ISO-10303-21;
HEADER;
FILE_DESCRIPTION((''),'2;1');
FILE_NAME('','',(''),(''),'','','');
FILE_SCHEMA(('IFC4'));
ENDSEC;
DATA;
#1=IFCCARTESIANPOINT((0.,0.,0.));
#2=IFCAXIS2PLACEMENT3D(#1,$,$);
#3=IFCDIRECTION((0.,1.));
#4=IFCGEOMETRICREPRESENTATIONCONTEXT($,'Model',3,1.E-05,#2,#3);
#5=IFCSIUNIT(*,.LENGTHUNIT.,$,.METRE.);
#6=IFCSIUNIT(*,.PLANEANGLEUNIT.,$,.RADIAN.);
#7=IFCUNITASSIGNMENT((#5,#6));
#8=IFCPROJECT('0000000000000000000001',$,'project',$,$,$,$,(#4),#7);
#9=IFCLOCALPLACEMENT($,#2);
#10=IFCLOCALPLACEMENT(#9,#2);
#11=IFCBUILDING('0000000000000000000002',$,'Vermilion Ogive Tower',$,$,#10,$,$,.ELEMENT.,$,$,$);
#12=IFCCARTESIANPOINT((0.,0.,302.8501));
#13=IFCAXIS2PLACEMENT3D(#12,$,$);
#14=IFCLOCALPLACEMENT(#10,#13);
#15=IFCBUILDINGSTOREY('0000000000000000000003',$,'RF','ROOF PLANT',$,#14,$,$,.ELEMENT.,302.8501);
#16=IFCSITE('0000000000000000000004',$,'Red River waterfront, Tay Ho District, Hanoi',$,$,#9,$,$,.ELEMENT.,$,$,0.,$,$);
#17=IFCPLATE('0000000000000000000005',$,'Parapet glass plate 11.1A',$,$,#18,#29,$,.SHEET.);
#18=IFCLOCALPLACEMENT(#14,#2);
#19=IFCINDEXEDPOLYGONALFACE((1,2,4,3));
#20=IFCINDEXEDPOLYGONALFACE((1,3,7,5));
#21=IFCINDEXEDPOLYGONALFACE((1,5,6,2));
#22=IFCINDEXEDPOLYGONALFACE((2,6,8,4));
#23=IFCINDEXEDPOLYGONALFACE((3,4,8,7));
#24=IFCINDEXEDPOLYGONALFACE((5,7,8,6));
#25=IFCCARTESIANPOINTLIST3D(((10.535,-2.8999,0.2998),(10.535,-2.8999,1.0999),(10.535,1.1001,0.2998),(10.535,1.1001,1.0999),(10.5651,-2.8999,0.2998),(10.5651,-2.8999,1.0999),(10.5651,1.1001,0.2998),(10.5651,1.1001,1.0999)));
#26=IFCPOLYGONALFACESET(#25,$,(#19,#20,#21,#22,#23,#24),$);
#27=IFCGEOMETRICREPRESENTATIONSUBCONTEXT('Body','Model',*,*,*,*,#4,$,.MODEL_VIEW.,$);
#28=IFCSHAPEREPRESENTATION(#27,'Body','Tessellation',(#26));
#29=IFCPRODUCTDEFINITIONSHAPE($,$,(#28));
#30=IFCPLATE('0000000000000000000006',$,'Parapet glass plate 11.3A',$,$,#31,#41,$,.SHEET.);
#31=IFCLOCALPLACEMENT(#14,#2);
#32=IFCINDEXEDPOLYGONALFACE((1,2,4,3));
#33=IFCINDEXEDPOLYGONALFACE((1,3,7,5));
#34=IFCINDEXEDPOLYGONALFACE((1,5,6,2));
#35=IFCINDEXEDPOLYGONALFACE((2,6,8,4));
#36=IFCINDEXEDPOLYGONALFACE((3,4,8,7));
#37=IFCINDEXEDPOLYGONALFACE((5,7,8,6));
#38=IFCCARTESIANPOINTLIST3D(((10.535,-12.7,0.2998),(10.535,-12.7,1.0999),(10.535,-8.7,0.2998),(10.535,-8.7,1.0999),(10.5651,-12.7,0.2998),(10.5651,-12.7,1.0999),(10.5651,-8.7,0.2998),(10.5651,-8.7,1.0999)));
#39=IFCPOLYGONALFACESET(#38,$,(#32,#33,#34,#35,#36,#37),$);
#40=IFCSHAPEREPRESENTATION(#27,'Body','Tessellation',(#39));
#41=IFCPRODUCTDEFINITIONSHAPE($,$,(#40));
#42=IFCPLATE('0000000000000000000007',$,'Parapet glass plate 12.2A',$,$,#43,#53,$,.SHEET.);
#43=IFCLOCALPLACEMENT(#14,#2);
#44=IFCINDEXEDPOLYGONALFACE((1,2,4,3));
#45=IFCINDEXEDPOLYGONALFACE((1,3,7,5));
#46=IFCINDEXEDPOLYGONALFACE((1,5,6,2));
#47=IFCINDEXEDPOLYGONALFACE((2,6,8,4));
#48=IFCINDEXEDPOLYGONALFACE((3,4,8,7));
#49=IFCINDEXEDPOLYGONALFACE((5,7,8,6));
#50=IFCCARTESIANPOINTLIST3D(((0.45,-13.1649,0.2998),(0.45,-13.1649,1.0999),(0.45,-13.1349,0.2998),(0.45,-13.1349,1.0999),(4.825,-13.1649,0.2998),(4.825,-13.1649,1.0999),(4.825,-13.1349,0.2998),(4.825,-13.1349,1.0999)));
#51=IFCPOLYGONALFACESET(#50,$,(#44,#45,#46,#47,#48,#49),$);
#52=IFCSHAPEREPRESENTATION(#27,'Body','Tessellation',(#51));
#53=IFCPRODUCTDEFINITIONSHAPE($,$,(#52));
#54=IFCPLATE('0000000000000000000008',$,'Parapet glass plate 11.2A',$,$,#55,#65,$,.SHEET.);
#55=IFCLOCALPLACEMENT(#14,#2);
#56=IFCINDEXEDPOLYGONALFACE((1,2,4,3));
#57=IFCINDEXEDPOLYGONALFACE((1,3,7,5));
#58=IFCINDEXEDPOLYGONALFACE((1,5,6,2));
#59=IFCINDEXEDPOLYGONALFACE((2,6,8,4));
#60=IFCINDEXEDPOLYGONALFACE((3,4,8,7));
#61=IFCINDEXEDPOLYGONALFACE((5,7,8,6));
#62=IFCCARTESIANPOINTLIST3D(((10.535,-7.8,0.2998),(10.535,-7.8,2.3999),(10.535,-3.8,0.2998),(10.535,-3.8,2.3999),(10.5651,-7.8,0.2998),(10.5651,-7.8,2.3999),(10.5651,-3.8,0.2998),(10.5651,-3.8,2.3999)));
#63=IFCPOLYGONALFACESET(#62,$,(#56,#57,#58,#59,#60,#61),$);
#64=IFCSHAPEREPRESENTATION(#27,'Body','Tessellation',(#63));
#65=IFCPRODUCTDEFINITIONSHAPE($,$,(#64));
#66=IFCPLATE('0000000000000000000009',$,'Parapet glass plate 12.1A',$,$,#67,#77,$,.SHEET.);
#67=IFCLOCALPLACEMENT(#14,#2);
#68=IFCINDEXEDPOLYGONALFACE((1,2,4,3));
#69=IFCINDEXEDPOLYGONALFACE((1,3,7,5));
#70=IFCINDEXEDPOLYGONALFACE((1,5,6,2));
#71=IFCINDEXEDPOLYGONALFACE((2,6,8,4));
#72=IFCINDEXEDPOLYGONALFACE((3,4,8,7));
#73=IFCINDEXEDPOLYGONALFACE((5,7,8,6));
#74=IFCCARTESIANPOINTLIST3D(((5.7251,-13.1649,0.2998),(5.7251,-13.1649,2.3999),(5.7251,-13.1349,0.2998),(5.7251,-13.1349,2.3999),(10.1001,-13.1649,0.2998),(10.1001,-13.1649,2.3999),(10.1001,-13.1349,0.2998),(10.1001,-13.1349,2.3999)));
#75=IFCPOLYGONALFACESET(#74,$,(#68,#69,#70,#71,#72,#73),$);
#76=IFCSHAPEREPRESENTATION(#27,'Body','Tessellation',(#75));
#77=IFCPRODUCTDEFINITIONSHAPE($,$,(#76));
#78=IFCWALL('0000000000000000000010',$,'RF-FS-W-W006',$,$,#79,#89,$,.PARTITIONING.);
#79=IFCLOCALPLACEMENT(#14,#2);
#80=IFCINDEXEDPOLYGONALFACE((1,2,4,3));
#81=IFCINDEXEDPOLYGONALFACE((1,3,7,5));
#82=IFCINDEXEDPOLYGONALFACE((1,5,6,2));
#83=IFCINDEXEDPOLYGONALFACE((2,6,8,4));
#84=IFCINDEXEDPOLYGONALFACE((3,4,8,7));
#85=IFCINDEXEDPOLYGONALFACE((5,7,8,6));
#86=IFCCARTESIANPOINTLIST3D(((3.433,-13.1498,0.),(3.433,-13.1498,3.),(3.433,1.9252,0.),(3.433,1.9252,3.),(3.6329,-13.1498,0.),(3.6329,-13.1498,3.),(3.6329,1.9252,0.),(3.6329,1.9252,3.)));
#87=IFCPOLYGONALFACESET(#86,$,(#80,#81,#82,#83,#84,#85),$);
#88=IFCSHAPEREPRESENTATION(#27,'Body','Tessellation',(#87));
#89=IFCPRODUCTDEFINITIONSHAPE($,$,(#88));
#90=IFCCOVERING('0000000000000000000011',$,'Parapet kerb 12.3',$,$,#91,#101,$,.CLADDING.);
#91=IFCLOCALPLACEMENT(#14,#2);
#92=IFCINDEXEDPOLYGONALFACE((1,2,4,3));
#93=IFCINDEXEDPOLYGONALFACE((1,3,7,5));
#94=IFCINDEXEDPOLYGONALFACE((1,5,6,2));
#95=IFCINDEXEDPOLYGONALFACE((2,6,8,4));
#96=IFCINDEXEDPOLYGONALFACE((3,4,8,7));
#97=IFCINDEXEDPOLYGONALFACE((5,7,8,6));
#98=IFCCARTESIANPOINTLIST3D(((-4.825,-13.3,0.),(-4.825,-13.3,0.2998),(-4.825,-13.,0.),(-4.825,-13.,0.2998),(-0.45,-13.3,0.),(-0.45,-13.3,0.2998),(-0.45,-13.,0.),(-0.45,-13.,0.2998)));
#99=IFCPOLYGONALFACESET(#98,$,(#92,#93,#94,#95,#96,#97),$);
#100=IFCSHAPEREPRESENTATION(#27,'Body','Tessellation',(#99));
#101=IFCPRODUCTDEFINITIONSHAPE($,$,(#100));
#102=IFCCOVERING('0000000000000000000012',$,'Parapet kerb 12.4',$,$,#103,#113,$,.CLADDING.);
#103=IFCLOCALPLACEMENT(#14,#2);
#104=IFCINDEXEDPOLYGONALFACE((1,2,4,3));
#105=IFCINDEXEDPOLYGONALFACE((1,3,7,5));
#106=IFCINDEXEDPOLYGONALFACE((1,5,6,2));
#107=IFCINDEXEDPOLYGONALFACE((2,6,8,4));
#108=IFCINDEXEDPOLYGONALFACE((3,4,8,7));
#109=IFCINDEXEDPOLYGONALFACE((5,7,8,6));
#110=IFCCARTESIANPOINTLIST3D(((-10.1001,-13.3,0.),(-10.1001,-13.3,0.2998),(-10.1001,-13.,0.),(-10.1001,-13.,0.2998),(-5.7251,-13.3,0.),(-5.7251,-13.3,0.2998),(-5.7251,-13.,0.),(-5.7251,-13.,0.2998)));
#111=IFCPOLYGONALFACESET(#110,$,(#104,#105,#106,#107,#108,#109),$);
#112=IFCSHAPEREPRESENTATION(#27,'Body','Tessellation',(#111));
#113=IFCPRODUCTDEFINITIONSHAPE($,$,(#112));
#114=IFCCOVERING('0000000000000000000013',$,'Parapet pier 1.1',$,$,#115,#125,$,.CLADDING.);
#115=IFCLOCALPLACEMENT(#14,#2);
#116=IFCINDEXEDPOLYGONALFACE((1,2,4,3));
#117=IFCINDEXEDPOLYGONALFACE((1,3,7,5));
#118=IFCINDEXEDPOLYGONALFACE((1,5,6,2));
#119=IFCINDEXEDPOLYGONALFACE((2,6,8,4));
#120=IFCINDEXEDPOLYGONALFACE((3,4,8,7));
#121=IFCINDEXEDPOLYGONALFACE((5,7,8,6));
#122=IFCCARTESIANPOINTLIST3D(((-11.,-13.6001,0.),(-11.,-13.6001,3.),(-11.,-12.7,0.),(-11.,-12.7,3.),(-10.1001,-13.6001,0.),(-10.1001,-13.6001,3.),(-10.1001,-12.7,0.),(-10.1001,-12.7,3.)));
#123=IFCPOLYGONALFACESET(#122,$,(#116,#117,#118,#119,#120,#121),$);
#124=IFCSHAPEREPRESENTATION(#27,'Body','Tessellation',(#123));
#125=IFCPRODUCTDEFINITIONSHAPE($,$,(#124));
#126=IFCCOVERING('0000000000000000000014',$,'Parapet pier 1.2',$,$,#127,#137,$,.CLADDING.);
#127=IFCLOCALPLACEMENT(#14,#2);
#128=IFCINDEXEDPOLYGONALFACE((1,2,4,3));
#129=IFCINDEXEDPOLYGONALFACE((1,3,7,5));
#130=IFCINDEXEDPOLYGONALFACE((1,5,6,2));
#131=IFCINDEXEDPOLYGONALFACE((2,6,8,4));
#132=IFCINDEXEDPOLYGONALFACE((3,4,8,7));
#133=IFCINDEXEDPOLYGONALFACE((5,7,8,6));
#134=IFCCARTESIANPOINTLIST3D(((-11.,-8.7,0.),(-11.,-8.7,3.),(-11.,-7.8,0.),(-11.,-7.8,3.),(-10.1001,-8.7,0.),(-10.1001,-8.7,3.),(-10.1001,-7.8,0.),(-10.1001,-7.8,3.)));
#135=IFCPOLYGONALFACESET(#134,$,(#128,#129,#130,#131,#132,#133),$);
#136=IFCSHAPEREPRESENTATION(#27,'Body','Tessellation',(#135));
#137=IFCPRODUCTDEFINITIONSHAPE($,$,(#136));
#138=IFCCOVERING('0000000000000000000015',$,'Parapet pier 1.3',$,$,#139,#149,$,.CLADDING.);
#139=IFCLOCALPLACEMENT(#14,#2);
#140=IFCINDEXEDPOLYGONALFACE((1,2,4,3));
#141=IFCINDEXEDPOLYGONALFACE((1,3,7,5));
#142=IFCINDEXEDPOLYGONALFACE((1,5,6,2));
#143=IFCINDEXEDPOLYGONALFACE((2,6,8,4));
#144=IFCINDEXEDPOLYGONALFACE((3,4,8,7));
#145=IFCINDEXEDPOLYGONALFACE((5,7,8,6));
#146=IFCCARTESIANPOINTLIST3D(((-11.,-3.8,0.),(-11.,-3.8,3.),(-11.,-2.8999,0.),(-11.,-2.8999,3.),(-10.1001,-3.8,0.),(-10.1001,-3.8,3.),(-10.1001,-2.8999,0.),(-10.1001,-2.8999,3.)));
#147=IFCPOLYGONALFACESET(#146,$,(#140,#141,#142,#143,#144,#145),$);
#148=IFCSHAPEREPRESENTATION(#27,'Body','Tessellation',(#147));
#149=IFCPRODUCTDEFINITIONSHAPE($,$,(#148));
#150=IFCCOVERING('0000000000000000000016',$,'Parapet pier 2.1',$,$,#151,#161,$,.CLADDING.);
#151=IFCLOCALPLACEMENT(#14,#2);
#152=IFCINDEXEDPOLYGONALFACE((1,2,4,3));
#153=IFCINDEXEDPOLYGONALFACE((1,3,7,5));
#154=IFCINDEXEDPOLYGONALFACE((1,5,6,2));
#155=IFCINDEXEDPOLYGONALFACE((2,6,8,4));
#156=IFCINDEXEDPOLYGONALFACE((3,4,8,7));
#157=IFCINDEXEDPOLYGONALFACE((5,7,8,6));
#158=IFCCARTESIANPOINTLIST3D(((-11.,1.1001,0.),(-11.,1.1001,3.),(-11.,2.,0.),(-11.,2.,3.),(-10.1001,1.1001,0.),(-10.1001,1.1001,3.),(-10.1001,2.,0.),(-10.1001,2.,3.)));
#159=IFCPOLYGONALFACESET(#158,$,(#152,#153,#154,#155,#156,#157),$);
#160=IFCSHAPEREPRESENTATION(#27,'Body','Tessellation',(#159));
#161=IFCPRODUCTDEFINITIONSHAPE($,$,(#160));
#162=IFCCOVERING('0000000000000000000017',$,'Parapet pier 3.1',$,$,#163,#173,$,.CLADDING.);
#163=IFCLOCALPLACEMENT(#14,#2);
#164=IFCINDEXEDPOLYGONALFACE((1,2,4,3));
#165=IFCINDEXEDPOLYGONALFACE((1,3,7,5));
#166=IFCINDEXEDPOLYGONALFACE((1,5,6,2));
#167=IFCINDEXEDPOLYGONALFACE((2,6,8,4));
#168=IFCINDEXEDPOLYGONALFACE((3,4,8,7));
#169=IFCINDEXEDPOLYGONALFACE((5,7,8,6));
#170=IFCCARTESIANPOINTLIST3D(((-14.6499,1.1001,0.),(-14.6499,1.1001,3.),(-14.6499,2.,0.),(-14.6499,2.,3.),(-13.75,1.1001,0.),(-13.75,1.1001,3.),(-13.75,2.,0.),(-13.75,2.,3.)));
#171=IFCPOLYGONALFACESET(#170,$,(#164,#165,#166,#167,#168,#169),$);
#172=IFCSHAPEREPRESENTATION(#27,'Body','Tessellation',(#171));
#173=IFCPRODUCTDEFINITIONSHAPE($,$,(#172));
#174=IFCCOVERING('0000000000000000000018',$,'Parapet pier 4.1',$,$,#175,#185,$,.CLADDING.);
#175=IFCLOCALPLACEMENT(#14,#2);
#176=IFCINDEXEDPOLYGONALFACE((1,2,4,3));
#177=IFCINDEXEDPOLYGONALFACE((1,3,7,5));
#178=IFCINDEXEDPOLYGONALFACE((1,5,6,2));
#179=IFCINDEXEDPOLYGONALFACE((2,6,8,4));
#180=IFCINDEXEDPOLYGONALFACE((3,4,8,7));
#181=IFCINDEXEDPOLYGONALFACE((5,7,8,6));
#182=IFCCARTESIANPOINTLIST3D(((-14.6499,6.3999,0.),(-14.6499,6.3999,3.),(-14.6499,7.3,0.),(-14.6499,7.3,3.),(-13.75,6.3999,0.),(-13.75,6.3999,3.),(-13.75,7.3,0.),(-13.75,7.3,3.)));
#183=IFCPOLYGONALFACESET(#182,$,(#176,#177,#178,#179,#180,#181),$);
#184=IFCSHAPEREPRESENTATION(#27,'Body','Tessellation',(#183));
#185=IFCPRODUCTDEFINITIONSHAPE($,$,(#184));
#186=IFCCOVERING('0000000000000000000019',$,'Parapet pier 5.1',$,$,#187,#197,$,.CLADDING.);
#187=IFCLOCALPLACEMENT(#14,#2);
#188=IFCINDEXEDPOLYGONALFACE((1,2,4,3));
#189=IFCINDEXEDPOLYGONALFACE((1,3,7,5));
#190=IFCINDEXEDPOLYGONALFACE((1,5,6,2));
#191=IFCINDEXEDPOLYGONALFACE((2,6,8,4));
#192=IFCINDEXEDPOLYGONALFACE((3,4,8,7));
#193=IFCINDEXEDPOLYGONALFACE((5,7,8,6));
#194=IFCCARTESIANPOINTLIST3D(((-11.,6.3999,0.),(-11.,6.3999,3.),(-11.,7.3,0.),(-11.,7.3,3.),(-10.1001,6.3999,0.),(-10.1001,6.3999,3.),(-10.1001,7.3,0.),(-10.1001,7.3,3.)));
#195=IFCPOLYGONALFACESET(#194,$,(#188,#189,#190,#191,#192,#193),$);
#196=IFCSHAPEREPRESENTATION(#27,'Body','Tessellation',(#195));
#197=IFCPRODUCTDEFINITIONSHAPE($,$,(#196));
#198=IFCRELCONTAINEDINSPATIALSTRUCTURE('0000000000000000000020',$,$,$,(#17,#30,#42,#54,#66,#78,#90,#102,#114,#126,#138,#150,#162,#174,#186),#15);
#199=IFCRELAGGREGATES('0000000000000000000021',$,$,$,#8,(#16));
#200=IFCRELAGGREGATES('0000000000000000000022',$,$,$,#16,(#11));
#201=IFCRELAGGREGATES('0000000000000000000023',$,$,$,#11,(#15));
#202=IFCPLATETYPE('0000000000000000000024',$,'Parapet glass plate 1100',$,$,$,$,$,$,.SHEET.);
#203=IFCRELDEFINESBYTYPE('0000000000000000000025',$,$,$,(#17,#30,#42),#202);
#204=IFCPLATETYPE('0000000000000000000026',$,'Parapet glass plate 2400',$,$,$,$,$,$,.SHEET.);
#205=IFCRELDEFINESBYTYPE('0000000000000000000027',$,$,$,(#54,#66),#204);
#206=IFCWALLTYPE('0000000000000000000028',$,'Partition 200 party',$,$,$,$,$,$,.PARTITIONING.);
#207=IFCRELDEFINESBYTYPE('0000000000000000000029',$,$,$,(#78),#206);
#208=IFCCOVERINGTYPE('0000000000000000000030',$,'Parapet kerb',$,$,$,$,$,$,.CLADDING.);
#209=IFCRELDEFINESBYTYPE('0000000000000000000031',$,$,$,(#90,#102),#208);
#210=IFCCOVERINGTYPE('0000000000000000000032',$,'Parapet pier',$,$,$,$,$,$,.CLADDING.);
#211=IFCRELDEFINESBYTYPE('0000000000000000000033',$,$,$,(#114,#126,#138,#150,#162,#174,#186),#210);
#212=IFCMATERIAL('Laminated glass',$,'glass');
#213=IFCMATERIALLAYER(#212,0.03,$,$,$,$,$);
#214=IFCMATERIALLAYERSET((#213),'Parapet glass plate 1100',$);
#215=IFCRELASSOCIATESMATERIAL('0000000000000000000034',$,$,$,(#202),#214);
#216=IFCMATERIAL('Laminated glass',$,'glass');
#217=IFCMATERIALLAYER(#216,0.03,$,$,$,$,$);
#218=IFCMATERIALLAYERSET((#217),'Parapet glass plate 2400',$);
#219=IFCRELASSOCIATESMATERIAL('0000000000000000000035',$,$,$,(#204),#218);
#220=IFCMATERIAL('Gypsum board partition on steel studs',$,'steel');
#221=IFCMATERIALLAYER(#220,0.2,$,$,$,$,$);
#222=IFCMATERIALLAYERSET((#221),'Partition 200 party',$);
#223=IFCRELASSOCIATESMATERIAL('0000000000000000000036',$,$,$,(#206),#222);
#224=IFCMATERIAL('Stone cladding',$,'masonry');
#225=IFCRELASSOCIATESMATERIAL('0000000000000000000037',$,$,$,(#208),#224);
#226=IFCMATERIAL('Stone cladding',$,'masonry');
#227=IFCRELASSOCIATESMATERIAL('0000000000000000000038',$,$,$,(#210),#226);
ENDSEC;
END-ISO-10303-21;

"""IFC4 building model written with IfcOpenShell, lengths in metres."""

from ifc_helpers import new_model, si_unit, direction, frame, frame_2d, origin, origin_2d, place, context, subcontext, project, spatial, polyline, rectangle, outline, extrude, material, layer, layer_set, type_object, element, save


model = new_model("IFC4")

# Units and contexts
model_context = context("Model", 3, precision=1e-05, world=origin(), true_north=direction((0.0, 1.0)))
body_context = subcontext(model_context, "Body", "Model", "MODEL_VIEW")
ifc_project = project(units=[si_unit("LENGTHUNIT", "METRE"), si_unit("PLANEANGLEUNIT", "RADIAN")], contexts=[model_context])

# Site, building, storey
site_placement = place(None, origin())
site = spatial("IfcSite", under=ifc_project, at=site_placement, Name="Red River waterfront, Tay Ho District, Hanoi", CompositionType="ELEMENT", RefElevation=0.0)
building_placement = place(site_placement, origin())
building = spatial("IfcBuilding", under=site, at=building_placement, Name="Vermilion Ogive Tower", CompositionType="ELEMENT")
storey_placement = place(building_placement, frame((0.0, 0.0, 302.8501)))
storey = spatial("IfcBuildingStorey", under=building, at=storey_placement, Name="RF", Description="ROOF PLANT", CompositionType="ELEMENT", Elevation=302.8501)

# Plates
ifc_material_1 = material(Name="Laminated glass", Category="glass")
ifc_layer_1 = layer(ifc_material_1, 0.03)
ifc_layer_set_1 = layer_set([ifc_layer_1], Name="Parapet glass plate 1100")
plate_type_1 = type_object("IfcPlateType", Name="Parapet glass plate 1100", PredefinedType="SHEET", material=ifc_layer_set_1)
for number, where, z_axis, x_axis, name in (
    (1, (10.55, -0.8999, 0.2998), (0.0, 0.0, 1.0), (0.0, -1.0, 0.0), "Parapet glass plate 11.1A"),
    (2, (10.55, -10.7, 0.2998), (0.0, 0.0, 1.0), (0.0, -1.0, 0.0), "Parapet glass plate 11.3A"),
):
    element("IfcPlate", number, at=place(storey_placement, frame(where, z_axis=z_axis, x_axis=x_axis)), inside=storey, type_object=plate_type_1, Name=name, PredefinedType="SHEET", context=body_context, shape_type="SweptSolid", body=[
        extrude(rectangle(XDim=4.0, YDim=0.03, at=origin_2d()), origin(), (0.0, 0.0, 1.0), 0.8),
    ])
plate_1_placement = place(storey_placement, frame((2.6375, -13.1499, 0.2998), z_axis=(0.0, 0.0, 1.0), x_axis=(-1.0, 0.0, 0.0)))
element("IfcPlate", 3, at=plate_1_placement, inside=storey, type_object=plate_type_1, Name="Parapet glass plate 12.2A", PredefinedType="SHEET", context=body_context, shape_type="SweptSolid", body=[
    extrude(rectangle(XDim=4.375, YDim=0.03, at=origin_2d()), origin(), (0.0, 0.0, 1.0), 0.8),
])
ifc_material_2 = material(Name="Laminated glass", Category="glass")
ifc_layer_2 = layer(ifc_material_2, 0.03)
ifc_layer_set_2 = layer_set([ifc_layer_2], Name="Parapet glass plate 2400")
plate_type_2 = type_object("IfcPlateType", Name="Parapet glass plate 2400", PredefinedType="SHEET", material=ifc_layer_set_2)
plate_2_placement = place(storey_placement, frame((10.55, -5.8, 0.2998), z_axis=(0.0, 0.0, 1.0), x_axis=(0.0, -1.0, 0.0)))
element("IfcPlate", 4, at=plate_2_placement, inside=storey, type_object=plate_type_2, Name="Parapet glass plate 11.2A", PredefinedType="SHEET", context=body_context, shape_type="SweptSolid", body=[
    extrude(rectangle(XDim=4.0, YDim=0.03, at=origin_2d()), origin(), (0.0, 0.0, 1.0), 2.1001),
])
plate_3_placement = place(storey_placement, frame((7.9126, -13.1499, 0.2998), z_axis=(0.0, 0.0, 1.0), x_axis=(-1.0, 0.0, 0.0)))
element("IfcPlate", 5, at=plate_3_placement, inside=storey, type_object=plate_type_2, Name="Parapet glass plate 12.1A", PredefinedType="SHEET", context=body_context, shape_type="SweptSolid", body=[
    extrude(rectangle(XDim=4.375, YDim=0.03, at=origin_2d()), origin(), (0.0, 0.0, 1.0), 2.1001),
])

# Wall
ifc_material_3 = material(Name="Gypsum board partition on steel studs", Category="steel")
ifc_layer_3 = layer(ifc_material_3, 0.2)
ifc_layer_set_3 = layer_set([ifc_layer_3], Name="Partition 200 party")
wall_type = type_object("IfcWallType", Name="Partition 200 party", PredefinedType="PARTITIONING", material=ifc_layer_set_3)
wall_placement = place(storey_placement, frame((3.533, -13.1499, 0.0), z_axis=(0.0, 0.0, 1.0), x_axis=(0.0, 1.0, 0.0)))
element("IfcWall", 6, at=wall_placement, inside=storey, type_object=wall_type, Name="RF-FS-W-W006", PredefinedType="PARTITIONING", context=body_context, shape_type="SweptSolid", body=[
    extrude(rectangle(XDim=15.075, YDim=0.2, at=frame_2d((7.5376, 0.0))), origin(), (0.0, 0.0, 1.0), 3.0),
])

# Coverings
ifc_material_4 = material(Name="Stone cladding", Category="masonry")
covering_type_1 = type_object("IfcCoveringType", Name="Parapet kerb", PredefinedType="CLADDING", material=ifc_material_4)
covering_1_placement = place(storey_placement, origin())
element("IfcCovering", 7, at=covering_1_placement, inside=storey, type_object=covering_type_1, Name="Parapet kerb 12.3", PredefinedType="CLADDING", context=body_context, shape_type="SweptSolid", body=[
    extrude(outline(polyline([(-0.45, -13.0), (-4.825, -13.0), (-4.825, -13.3), (-0.45, -13.3), (-0.45, -13.0)])), origin(), (0.0, 0.0, 1.0), 0.2998),
])
covering_2_placement = place(storey_placement, origin())
element("IfcCovering", 8, at=covering_2_placement, inside=storey, type_object=covering_type_1, Name="Parapet kerb 12.4", PredefinedType="CLADDING", context=body_context, shape_type="SweptSolid", body=[
    extrude(outline(polyline([(-5.7251, -13.0), (-10.1001, -13.0), (-10.1001, -13.3), (-5.7251, -13.3), (-5.7251, -13.0)])), origin(), (0.0, 0.0, 1.0), 0.2998),
])
ifc_material_5 = material(Name="Stone cladding", Category="masonry")
covering_type_2 = type_object("IfcCoveringType", Name="Parapet pier", PredefinedType="CLADDING", material=ifc_material_5)
covering_3_placement = place(storey_placement, origin())
element("IfcCovering", 9, at=covering_3_placement, inside=storey, type_object=covering_type_2, Name="Parapet pier 1.1", PredefinedType="CLADDING", context=body_context, shape_type="SweptSolid", body=[
    extrude(outline(polyline([(-11.0, -13.6001), (-10.1001, -13.6001), (-10.1001, -12.7), (-11.0, -12.7), (-11.0, -13.6001)])), origin(), (0.0, 0.0, 1.0), 3.0),
])
covering_4_placement = place(storey_placement, origin())
element("IfcCovering", 10, at=covering_4_placement, inside=storey, type_object=covering_type_2, Name="Parapet pier 1.2", PredefinedType="CLADDING", context=body_context, shape_type="SweptSolid", body=[
    extrude(outline(polyline([(-11.0, -8.7), (-10.1001, -8.7), (-10.1001, -7.8), (-11.0, -7.8), (-11.0, -8.7)])), origin(), (0.0, 0.0, 1.0), 3.0),
])
covering_5_placement = place(storey_placement, origin())
element("IfcCovering", 11, at=covering_5_placement, inside=storey, type_object=covering_type_2, Name="Parapet pier 1.3", PredefinedType="CLADDING", context=body_context, shape_type="SweptSolid", body=[
    extrude(outline(polyline([(-11.0, -3.8), (-10.1001, -3.8), (-10.1001, -2.8999), (-11.0, -2.8999), (-11.0, -3.8)])), origin(), (0.0, 0.0, 1.0), 3.0),
])
covering_6_placement = place(storey_placement, origin())
element("IfcCovering", 12, at=covering_6_placement, inside=storey, type_object=covering_type_2, Name="Parapet pier 2.1", PredefinedType="CLADDING", context=body_context, shape_type="SweptSolid", body=[
    extrude(outline(polyline([(-11.0, 1.1001), (-10.1001, 1.1001), (-10.1001, 2.0), (-11.0, 2.0), (-11.0, 1.1001)])), origin(), (0.0, 0.0, 1.0), 3.0),
])
covering_7_placement = place(storey_placement, origin())
element("IfcCovering", 13, at=covering_7_placement, inside=storey, type_object=covering_type_2, Name="Parapet pier 3.1", PredefinedType="CLADDING", context=body_context, shape_type="SweptSolid", body=[
    extrude(outline(polyline([(-14.6499, 1.1001), (-13.75, 1.1001), (-13.75, 2.0), (-14.6499, 2.0), (-14.6499, 1.1001)])), origin(), (0.0, 0.0, 1.0), 3.0),
])
covering_8_placement = place(storey_placement, origin())
element("IfcCovering", 14, at=covering_8_placement, inside=storey, type_object=covering_type_2, Name="Parapet pier 4.1", PredefinedType="CLADDING", context=body_context, shape_type="SweptSolid", body=[
    extrude(outline(polyline([(-14.6499, 6.3999), (-13.75, 6.3999), (-13.75, 7.3), (-14.6499, 7.3), (-14.6499, 6.3999)])), origin(), (0.0, 0.0, 1.0), 3.0),
])
covering_9_placement = place(storey_placement, origin())
element("IfcCovering", 15, at=covering_9_placement, inside=storey, type_object=covering_type_2, Name="Parapet pier 5.1", PredefinedType="CLADDING", context=body_context, shape_type="SweptSolid", body=[
    extrude(outline(polyline([(-11.0, 6.3999), (-10.1001, 6.3999), (-10.1001, 7.3), (-11.0, 7.3), (-11.0, 6.3999)])), origin(), (0.0, 0.0, 1.0), 3.0),
])

save(model, "model.ifc")
